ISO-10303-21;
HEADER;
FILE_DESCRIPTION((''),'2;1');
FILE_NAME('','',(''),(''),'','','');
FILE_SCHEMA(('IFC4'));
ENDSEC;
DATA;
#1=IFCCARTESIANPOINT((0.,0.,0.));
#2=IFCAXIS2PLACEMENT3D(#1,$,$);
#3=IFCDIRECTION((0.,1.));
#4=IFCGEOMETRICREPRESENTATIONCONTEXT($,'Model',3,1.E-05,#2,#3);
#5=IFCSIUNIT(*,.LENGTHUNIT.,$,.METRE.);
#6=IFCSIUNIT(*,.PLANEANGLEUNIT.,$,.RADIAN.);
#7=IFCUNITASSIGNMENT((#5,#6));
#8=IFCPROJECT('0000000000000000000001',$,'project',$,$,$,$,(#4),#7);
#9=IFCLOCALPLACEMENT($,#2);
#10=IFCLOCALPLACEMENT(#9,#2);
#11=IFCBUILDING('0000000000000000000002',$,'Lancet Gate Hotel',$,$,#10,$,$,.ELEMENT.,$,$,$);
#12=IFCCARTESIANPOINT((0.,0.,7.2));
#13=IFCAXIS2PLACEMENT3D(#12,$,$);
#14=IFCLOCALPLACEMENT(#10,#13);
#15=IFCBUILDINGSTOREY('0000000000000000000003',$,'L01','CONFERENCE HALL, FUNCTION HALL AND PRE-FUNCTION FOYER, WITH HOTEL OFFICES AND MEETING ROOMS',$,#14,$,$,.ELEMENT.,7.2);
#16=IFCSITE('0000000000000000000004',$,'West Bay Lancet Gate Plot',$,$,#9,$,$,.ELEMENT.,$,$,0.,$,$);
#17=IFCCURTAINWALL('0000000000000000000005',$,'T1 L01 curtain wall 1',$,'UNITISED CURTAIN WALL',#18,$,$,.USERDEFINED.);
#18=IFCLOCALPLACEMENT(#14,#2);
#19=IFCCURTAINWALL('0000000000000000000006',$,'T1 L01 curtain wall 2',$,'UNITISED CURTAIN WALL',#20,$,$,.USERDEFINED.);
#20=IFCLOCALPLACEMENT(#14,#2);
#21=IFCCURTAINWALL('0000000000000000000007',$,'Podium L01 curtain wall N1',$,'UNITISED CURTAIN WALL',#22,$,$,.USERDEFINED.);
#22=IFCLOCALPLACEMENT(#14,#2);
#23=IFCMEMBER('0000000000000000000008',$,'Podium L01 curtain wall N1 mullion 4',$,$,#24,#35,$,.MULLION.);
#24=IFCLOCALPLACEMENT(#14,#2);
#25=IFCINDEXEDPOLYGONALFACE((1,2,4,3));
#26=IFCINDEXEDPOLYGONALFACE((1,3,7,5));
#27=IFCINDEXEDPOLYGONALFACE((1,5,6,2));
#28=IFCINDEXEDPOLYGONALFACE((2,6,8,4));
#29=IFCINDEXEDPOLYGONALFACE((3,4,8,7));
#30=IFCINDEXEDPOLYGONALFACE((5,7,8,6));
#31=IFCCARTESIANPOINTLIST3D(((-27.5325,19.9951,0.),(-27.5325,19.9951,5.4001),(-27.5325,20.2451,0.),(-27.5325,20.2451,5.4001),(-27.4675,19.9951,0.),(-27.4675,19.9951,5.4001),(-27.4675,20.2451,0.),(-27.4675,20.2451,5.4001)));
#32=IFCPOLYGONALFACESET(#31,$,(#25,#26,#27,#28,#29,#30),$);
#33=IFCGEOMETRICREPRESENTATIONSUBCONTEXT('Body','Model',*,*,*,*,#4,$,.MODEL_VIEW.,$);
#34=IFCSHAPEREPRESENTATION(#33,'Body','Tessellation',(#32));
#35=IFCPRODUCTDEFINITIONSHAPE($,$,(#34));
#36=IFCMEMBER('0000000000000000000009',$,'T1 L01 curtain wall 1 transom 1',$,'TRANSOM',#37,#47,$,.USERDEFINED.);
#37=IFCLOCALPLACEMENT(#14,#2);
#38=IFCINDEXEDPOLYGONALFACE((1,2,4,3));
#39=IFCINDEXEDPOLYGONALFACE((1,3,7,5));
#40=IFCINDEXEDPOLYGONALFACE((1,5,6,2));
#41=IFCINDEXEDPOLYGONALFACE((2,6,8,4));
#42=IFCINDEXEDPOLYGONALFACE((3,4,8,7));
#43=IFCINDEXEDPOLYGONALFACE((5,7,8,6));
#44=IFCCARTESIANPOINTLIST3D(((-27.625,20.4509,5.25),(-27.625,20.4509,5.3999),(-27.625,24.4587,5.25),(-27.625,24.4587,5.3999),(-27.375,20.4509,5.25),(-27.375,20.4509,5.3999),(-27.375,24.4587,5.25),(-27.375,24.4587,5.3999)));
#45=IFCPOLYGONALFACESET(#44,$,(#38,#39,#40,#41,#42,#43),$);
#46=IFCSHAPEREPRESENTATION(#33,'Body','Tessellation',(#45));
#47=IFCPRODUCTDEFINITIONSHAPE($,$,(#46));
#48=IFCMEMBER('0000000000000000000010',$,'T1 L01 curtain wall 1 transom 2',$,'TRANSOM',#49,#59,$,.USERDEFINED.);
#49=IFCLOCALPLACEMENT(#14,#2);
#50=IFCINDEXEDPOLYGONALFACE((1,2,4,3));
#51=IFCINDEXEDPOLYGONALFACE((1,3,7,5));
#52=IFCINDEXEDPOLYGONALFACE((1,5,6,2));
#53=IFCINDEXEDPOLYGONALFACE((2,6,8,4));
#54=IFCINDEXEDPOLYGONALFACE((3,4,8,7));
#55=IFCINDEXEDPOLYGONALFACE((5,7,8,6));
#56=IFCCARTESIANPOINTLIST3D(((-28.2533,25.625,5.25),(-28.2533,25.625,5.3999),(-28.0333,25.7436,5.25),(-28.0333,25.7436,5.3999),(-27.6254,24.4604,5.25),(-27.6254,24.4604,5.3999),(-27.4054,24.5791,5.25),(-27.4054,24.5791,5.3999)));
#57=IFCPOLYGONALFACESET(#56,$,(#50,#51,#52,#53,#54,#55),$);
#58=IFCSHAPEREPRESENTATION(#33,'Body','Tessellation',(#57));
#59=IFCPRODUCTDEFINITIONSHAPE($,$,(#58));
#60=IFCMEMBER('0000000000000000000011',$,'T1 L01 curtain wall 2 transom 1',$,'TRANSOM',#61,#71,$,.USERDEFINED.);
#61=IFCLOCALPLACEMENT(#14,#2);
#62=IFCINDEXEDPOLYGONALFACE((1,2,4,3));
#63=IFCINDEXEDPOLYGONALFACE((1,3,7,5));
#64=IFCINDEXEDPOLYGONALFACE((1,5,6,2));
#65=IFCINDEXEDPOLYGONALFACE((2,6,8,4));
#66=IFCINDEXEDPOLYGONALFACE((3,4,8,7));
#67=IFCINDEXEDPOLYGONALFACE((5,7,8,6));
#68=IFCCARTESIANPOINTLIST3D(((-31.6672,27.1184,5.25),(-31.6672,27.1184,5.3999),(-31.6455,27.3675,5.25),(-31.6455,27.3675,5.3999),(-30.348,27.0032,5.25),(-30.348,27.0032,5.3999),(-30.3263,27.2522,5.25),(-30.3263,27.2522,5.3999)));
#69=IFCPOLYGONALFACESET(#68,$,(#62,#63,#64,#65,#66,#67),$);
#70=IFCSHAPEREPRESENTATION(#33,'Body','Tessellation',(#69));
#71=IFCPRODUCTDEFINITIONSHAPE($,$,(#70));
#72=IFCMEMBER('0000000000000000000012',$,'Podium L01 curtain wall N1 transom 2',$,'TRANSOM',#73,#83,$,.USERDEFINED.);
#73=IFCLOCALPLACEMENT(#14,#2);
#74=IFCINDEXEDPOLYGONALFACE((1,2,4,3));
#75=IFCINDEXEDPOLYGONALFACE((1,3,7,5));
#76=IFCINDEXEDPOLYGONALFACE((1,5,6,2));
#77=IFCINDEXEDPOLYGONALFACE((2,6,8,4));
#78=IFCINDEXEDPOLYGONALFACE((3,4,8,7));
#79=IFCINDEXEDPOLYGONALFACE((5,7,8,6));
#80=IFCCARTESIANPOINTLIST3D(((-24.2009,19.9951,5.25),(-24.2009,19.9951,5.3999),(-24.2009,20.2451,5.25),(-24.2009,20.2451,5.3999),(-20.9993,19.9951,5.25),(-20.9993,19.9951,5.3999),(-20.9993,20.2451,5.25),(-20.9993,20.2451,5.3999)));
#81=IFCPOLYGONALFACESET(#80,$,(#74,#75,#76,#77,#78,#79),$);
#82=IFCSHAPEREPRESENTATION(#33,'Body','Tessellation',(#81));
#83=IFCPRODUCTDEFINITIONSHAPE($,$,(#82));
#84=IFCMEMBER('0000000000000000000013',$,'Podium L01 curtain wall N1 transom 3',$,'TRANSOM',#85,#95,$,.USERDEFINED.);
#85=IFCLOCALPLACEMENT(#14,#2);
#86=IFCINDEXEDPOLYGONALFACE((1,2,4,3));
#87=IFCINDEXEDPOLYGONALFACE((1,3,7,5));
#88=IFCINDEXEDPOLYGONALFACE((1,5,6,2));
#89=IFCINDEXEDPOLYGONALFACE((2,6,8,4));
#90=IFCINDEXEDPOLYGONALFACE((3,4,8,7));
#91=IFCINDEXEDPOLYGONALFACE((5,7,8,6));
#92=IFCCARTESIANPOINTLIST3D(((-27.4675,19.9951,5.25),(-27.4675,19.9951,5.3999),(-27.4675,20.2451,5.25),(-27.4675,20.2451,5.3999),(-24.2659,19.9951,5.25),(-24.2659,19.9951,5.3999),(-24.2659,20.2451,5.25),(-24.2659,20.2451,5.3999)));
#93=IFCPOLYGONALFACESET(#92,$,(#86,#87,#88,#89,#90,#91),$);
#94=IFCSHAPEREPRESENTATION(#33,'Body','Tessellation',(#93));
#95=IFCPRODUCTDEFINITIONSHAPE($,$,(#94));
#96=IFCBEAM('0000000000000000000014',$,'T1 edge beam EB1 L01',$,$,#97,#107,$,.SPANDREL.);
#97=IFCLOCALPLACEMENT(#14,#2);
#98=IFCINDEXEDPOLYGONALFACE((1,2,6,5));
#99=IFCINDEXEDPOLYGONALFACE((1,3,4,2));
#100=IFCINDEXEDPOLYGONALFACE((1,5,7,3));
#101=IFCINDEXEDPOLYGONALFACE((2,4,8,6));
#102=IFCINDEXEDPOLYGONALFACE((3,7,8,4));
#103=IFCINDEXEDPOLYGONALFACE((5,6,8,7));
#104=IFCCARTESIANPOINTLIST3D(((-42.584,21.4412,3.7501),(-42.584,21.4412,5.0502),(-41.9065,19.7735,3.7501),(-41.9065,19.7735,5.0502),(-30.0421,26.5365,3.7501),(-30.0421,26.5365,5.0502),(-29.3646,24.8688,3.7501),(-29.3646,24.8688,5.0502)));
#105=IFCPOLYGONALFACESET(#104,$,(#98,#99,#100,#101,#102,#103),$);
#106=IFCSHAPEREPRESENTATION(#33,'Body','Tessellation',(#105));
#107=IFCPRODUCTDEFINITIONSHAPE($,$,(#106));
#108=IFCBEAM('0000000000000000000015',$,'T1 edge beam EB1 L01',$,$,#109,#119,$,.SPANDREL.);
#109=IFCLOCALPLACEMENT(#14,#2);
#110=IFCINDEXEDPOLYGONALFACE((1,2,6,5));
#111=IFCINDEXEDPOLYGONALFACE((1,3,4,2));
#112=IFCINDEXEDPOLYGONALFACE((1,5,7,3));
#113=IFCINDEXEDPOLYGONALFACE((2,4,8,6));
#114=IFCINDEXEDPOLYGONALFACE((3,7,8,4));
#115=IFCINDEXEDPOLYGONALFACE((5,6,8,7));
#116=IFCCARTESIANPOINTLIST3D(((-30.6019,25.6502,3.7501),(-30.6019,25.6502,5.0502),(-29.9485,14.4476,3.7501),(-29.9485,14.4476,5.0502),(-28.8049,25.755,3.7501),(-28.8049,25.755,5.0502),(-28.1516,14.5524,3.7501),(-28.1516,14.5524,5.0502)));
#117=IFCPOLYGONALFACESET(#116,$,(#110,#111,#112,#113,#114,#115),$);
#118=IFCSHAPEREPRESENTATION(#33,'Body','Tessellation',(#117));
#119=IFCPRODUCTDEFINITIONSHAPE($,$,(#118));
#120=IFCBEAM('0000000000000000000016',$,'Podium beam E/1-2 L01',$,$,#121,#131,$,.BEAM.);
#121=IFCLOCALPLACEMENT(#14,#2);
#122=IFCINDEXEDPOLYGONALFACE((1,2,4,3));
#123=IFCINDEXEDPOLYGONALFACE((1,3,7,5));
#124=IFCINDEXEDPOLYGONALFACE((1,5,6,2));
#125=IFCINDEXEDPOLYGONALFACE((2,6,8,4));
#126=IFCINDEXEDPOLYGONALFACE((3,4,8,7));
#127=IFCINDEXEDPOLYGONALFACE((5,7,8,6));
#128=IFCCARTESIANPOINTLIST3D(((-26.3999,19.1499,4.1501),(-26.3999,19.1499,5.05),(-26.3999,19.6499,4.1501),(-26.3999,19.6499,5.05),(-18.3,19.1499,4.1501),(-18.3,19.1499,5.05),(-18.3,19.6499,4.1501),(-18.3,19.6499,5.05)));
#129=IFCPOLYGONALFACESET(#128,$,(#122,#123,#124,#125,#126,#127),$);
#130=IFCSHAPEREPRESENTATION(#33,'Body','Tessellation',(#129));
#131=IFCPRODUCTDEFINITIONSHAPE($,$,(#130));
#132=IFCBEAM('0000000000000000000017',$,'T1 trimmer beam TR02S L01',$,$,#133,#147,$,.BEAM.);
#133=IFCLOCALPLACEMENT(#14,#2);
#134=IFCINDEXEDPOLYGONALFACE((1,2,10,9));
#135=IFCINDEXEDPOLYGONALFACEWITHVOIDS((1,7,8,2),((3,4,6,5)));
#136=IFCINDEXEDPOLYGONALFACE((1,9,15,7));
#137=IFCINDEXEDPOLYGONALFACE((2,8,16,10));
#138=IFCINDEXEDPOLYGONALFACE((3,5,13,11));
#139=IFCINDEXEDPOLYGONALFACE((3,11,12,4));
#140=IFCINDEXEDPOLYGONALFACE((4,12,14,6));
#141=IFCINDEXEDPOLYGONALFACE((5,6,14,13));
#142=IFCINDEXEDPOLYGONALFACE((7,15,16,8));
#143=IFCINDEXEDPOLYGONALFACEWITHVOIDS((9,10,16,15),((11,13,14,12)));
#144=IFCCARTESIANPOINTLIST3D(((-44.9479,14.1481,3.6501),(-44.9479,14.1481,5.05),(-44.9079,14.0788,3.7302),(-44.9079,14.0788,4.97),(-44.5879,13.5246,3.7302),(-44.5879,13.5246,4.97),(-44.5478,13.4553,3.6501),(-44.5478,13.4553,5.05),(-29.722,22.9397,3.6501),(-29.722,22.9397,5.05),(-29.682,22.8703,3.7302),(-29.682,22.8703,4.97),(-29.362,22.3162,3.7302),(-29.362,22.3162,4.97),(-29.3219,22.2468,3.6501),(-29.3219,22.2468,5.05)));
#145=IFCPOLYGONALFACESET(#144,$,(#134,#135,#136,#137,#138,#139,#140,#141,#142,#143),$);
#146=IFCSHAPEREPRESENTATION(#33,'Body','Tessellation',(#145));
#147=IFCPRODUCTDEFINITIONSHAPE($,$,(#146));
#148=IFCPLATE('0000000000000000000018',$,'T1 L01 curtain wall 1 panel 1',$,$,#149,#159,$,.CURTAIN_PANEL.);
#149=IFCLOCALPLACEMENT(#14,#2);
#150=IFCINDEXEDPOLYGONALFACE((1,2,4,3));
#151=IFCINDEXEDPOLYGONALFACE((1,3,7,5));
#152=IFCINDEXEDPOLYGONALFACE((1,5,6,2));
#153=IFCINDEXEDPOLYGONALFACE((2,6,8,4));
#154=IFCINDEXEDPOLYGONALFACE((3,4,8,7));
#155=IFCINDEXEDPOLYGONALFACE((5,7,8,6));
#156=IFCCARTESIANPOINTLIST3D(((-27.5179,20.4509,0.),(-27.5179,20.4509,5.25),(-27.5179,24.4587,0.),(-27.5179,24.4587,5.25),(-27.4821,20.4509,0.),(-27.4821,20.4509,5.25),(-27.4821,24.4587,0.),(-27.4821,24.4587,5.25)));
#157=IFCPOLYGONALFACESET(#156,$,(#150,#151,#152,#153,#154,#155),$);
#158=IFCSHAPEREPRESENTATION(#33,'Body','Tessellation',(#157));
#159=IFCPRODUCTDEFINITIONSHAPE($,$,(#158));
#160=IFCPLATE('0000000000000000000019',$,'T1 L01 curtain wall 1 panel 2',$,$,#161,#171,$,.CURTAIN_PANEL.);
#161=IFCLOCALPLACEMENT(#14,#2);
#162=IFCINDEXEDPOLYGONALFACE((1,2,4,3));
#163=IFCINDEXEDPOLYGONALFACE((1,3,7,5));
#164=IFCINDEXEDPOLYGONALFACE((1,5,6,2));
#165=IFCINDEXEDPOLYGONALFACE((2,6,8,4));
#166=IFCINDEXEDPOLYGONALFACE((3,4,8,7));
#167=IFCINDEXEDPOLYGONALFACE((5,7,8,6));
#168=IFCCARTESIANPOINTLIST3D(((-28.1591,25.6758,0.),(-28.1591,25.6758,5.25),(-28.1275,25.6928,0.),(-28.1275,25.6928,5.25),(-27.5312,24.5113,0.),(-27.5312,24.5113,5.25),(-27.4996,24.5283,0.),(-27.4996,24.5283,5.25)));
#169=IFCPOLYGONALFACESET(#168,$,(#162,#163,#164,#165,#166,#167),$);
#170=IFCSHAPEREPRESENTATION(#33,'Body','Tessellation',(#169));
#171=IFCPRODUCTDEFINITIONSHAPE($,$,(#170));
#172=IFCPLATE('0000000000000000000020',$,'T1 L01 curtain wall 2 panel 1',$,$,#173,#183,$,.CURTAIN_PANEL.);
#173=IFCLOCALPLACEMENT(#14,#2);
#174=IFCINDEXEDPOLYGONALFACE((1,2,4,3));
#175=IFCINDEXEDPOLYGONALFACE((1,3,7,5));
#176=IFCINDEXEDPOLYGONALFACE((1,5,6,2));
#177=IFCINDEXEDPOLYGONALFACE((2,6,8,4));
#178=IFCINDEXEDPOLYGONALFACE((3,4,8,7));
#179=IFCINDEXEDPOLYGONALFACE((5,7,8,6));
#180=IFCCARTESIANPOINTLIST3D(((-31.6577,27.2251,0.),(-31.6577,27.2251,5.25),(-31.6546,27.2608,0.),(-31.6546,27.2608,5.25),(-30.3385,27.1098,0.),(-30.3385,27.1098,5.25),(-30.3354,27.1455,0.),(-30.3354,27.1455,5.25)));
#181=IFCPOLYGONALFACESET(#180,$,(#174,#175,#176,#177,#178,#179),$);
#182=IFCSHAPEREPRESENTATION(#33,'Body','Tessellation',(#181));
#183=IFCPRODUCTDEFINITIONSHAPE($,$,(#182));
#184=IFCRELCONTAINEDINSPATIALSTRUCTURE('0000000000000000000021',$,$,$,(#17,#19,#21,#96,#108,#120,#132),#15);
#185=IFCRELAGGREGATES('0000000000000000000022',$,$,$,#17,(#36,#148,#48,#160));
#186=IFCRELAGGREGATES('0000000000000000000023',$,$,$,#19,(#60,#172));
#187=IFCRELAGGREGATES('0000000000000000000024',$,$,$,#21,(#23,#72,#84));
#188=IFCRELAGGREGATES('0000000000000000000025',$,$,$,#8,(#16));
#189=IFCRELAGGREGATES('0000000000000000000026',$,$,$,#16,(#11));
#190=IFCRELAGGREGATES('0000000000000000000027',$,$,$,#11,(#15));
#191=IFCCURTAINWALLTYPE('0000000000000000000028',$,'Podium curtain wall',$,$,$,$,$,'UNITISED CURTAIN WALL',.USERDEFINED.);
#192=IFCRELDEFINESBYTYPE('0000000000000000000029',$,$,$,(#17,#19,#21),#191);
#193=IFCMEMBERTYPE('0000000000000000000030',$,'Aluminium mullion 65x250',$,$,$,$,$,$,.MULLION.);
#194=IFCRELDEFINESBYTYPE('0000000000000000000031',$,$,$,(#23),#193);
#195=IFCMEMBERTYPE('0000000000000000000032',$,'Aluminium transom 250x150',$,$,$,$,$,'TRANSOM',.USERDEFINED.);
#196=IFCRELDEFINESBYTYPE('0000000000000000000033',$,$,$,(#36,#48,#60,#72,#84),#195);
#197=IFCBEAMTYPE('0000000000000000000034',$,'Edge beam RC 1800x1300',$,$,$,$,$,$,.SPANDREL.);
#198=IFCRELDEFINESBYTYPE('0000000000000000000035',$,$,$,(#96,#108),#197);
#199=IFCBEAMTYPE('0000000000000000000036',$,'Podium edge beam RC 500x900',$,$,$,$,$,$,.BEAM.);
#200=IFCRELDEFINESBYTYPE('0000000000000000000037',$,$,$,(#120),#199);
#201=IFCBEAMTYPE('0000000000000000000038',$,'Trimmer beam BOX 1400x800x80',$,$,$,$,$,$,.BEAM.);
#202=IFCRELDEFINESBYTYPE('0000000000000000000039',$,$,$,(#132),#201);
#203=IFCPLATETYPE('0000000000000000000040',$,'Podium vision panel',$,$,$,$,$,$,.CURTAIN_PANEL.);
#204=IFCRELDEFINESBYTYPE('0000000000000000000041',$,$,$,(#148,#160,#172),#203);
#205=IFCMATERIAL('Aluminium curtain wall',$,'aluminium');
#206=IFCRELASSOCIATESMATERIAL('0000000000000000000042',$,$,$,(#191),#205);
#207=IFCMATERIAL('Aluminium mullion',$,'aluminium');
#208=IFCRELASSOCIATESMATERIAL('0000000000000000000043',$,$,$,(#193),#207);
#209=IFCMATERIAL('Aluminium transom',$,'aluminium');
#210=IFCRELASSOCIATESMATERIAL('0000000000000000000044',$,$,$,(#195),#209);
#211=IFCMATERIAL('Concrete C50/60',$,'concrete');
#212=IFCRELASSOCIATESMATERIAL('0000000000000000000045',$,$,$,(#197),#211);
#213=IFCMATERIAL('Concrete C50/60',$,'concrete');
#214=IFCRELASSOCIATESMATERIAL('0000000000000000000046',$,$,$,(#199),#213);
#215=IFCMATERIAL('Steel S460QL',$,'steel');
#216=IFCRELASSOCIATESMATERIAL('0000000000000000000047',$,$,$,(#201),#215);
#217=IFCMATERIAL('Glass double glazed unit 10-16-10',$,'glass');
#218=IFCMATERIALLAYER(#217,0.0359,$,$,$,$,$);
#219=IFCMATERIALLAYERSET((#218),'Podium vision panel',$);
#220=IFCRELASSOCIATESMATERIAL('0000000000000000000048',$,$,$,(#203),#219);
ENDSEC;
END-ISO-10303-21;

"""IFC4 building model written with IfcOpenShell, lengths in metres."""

from ifc_helpers import new_model, si_unit, direction, frame, origin, origin_2d, place, context, subcontext, project, spatial, rectangle, hollow_rectangle, extrude, material, layer, layer_set, material_profile, profile_set, type_object, element, aggregate, save


model = new_model("IFC4")

# Units and contexts
model_context = context("Model", 3, precision=1e-05, world=origin(), true_north=direction((0.0, 1.0)))
body_context = subcontext(model_context, "Body", "Model", "MODEL_VIEW")
ifc_project = project(units=[si_unit("LENGTHUNIT", "METRE"), si_unit("PLANEANGLEUNIT", "RADIAN")], contexts=[model_context])

# Site, building, storey
site_placement = place(None, origin())
site = spatial("IfcSite", under=ifc_project, at=site_placement, Name="West Bay Lancet Gate Plot", CompositionType="ELEMENT", RefElevation=0.0)
building_placement = place(site_placement, origin())
building = spatial("IfcBuilding", under=site, at=building_placement, Name="Lancet Gate Hotel", CompositionType="ELEMENT")
storey_placement = place(building_placement, frame((0.0, 0.0, 7.2)))
storey = spatial("IfcBuildingStorey", under=building, at=storey_placement, Name="L01", Description="CONFERENCE HALL, FUNCTION HALL AND PRE-FUNCTION FOYER, WITH HOTEL OFFICES AND MEETING ROOMS", CompositionType="ELEMENT", Elevation=7.2)

# Curtain wall
ifc_material_1 = material(Name="Aluminium curtain wall", Category="aluminium")
curtain_wall_type = type_object("IfcCurtainWallType", Name="Podium curtain wall", ElementType="UNITISED CURTAIN WALL", PredefinedType="USERDEFINED", material=ifc_material_1)
curtain_wall_1_placement = place(storey_placement, origin())
curtain_wall_1 = element("IfcCurtainWall", 1, at=curtain_wall_1_placement, inside=storey, type_object=curtain_wall_type, Name="T1 L01 curtain wall 1", ObjectType="UNITISED CURTAIN WALL", PredefinedType="USERDEFINED")
ifc_material_2 = material(Name="Aluminium mullion", Category="aluminium")
ifc_material_profile_1 = material_profile(ifc_material_2, rectangle(XDim=0.0649, YDim=0.25, at=origin_2d()), Name="MULLION 65x250")
ifc_profile_set_1 = profile_set([ifc_material_profile_1], Name="Aluminium mullion")
member_type_1 = type_object("IfcMemberType", Name="Aluminium mullion 65x250", PredefinedType="MULLION", material=ifc_profile_set_1)

# Curtain wall
curtain_wall_2_placement = place(storey_placement, origin())
curtain_wall_2 = element("IfcCurtainWall", 2, at=curtain_wall_2_placement, inside=storey, type_object=curtain_wall_type, Name="T1 L01 curtain wall 2", ObjectType="UNITISED CURTAIN WALL", PredefinedType="USERDEFINED")

# Curtain wall, member
curtain_wall_3_placement = place(storey_placement, origin())
curtain_wall_3 = element("IfcCurtainWall", 3, at=curtain_wall_3_placement, inside=storey, type_object=curtain_wall_type, Name="Podium L01 curtain wall N1", ObjectType="UNITISED CURTAIN WALL", PredefinedType="USERDEFINED")
member_1_placement = place(storey_placement, frame((-27.5, 20.1201, 0.0), z_axis=(0.0, 0.0, 1.0), x_axis=(-1.0, 0.0, 0.0)))
member_1 = element("IfcMember", 4, at=member_1_placement, type_object=member_type_1, Name="Podium L01 curtain wall N1 mullion 4", PredefinedType="MULLION", context=body_context, shape_type="SweptSolid", body=[
    extrude(rectangle(XDim=0.0649, YDim=0.25, at=origin_2d()), origin(), (0.0, 0.0, 1.0), 5.4001),
])

# Members
ifc_material_3 = material(Name="Aluminium transom", Category="aluminium")
ifc_material_profile_2 = material_profile(ifc_material_3, rectangle(XDim=0.25, YDim=0.1499, at=origin_2d()), Name="TRANSOM 250x150")
ifc_profile_set_2 = profile_set([ifc_material_profile_2], Name="Aluminium transom")
member_type_2 = type_object("IfcMemberType", Name="Aluminium transom 250x150", ElementType="TRANSOM", PredefinedType="USERDEFINED", material=ifc_profile_set_2)
member_2_placement = place(storey_placement, frame((-27.5, 20.4509, 5.325), z_axis=(0.0, 1.0, 0.0), x_axis=(-1.0, 0.0, 0.0)))
member_2 = element("IfcMember", 5, at=member_2_placement, type_object=member_type_2, Name="T1 L01 curtain wall 1 transom 1", ObjectType="TRANSOM", PredefinedType="USERDEFINED", context=body_context, shape_type="SweptSolid", body=[
    extrude(rectangle(XDim=0.25, YDim=0.1499, at=origin_2d()), origin(), (0.0, 0.0, 1.0), 4.0078),
])
member_3_placement = place(storey_placement, frame((-27.5154, 24.5198, 5.325), z_axis=(-0.474606, 0.880198, 0.0), x_axis=(-0.880198, -0.474606, 0.0)))
member_3 = element("IfcMember", 6, at=member_3_placement, type_object=member_type_2, Name="T1 L01 curtain wall 1 transom 2", ObjectType="TRANSOM", PredefinedType="USERDEFINED", context=body_context, shape_type="SweptSolid", body=[
    extrude(rectangle(XDim=0.25, YDim=0.1499, at=origin_2d()), origin(), (0.0, 0.0, 1.0), 1.323),
])
member_4_placement = place(storey_placement, frame((-30.3372, 27.1277, 5.325), z_axis=(-0.996206, 0.087027, 0.0), x_axis=(-0.087027, -0.996206, 0.0)))
member_4 = element("IfcMember", 7, at=member_4_placement, type_object=member_type_2, Name="T1 L01 curtain wall 2 transom 1", ObjectType="TRANSOM", PredefinedType="USERDEFINED", context=body_context, shape_type="SweptSolid", body=[
    extrude(rectangle(XDim=0.25, YDim=0.1499, at=origin_2d()), origin(), (0.0, 0.0, 1.0), 1.3242),
])
member_5_placement = place(storey_placement, frame((-20.9993, 20.1201, 5.325), z_axis=(-1.0, 0.0, 0.0), x_axis=(0.0, -1.0, 0.0)))
member_5 = element("IfcMember", 8, at=member_5_placement, type_object=member_type_2, Name="Podium L01 curtain wall N1 transom 2", ObjectType="TRANSOM", PredefinedType="USERDEFINED", context=body_context, shape_type="SweptSolid", body=[
    extrude(rectangle(XDim=0.25, YDim=0.1499, at=origin_2d()), origin(), (0.0, 0.0, 1.0), 3.2017),
])
member_6_placement = place(storey_placement, frame((-24.2659, 20.1201, 5.325), z_axis=(-1.0, 0.0, 0.0), x_axis=(0.0, -1.0, 0.0)))
member_6 = element("IfcMember", 9, at=member_6_placement, type_object=member_type_2, Name="Podium L01 curtain wall N1 transom 3", ObjectType="TRANSOM", PredefinedType="USERDEFINED", context=body_context, shape_type="SweptSolid", body=[
    extrude(rectangle(XDim=0.25, YDim=0.1499, at=origin_2d()), origin(), (0.0, 0.0, 1.0), 3.2017),
])

# Beams
ifc_material_4 = material(Name="Concrete C50/60", Category="concrete")
ifc_material_profile_3 = material_profile(ifc_material_4, rectangle(XDim=1.8, YDim=1.3, at=origin_2d()), Name="RC 1800x1300")
ifc_profile_set_3 = profile_set([ifc_material_profile_3], Name="Concrete C50/60")
beam_type_1 = type_object("IfcBeamType", Name="Edge beam RC 1800x1300", PredefinedType="SPANDREL", material=ifc_profile_set_3)
beam_1_placement = place(storey_placement, frame((-29.7034, 25.7026, 4.4001), z_axis=(-0.926463, -0.376385, 0.0), x_axis=(0.376385, -0.926463, 0.0)))
element("IfcBeam", 10, at=beam_1_placement, inside=storey, type_object=beam_type_1, Name="T1 edge beam EB1 L01", PredefinedType="SPANDREL", context=body_context, shape_type="SweptSolid", body=[
    extrude(rectangle(XDim=1.8, YDim=1.3, at=origin_2d()), origin(), (0.0, 0.0, 1.0), 13.5374),
])
beam_2_placement = place(storey_placement, frame((-29.7034, 25.7026, 4.4001), z_axis=(0.05822, -0.998304, 0.0), x_axis=(0.998304, 0.05822, 0.0)))
element("IfcBeam", 11, at=beam_2_placement, inside=storey, type_object=beam_type_1, Name="T1 edge beam EB1 L01", PredefinedType="SPANDREL", context=body_context, shape_type="SweptSolid", body=[
    extrude(rectangle(XDim=1.8, YDim=1.3, at=origin_2d()), origin(), (0.0, 0.0, 1.0), 11.2217),
])
ifc_material_5 = material(Name="Concrete C50/60", Category="concrete")
ifc_material_profile_4 = material_profile(ifc_material_5, rectangle(XDim=0.5, YDim=0.8999, at=origin_2d()), Name="RC 500x900")
ifc_profile_set_4 = profile_set([ifc_material_profile_4], Name="Concrete C50/60")
beam_type_2 = type_object("IfcBeamType", Name="Podium edge beam RC 500x900", PredefinedType="BEAM", material=ifc_profile_set_4)
beam_3_placement = place(storey_placement, frame((-26.3999, 19.3999, 4.6001), z_axis=(1.0, 0.0, 0.0), x_axis=(0.0, 1.0, 0.0)))
element("IfcBeam", 12, at=beam_3_placement, inside=storey, type_object=beam_type_2, Name="Podium beam E/1-2 L01", PredefinedType="BEAM", context=body_context, shape_type="SweptSolid", body=[
    extrude(rectangle(XDim=0.5, YDim=0.8999, at=origin_2d()), origin(), (0.0, 0.0, 1.0), 8.0999),
])
ifc_material_6 = material(Name="Steel S460QL", Category="steel")
ifc_material_profile_5 = material_profile(ifc_material_6, hollow_rectangle(XDim=0.8, YDim=1.3999, WallThickness=0.0801, at=origin_2d()), Name="BOX 1400x800x80")
ifc_profile_set_5 = profile_set([ifc_material_profile_5], Name="Steel S460QL")
beam_type_3 = type_object("IfcBeamType", Name="Trimmer beam BOX 1400x800x80", PredefinedType="BEAM", material=ifc_profile_set_5)
beam_4_placement = place(storey_placement, frame((-29.522, 22.5933, 4.3501), z_axis=(-0.866004, -0.500037, 0.0), x_axis=(0.500037, -0.866004, 0.0)))
element("IfcBeam", 13, at=beam_4_placement, inside=storey, type_object=beam_type_3, Name="T1 trimmer beam TR02S L01", PredefinedType="BEAM", context=body_context, shape_type="SweptSolid", body=[
    extrude(hollow_rectangle(XDim=0.8, YDim=1.3999, WallThickness=0.0801, at=origin_2d()), origin(), (0.0, 0.0, 1.0), 17.5818),
])

# Plates
ifc_material_7 = material(Name="Glass double glazed unit 10-16-10", Category="glass")
ifc_layer = layer(ifc_material_7, 0.0359)
ifc_layer_set = layer_set([ifc_layer], Name="Podium vision panel")
plate_type = type_object("IfcPlateType", Name="Podium vision panel", PredefinedType="CURTAIN_PANEL", material=ifc_layer_set)
plate_1_placement = place(storey_placement, frame((-27.5, 22.4548, 0.0), z_axis=(0.0, 0.0, 1.0), x_axis=(0.0, 1.0, 0.0)))
plate_1 = element("IfcPlate", 14, at=plate_1_placement, type_object=plate_type, Name="T1 L01 curtain wall 1 panel 1", PredefinedType="CURTAIN_PANEL", context=body_context, shape_type="SweptSolid", body=[
    extrude(rectangle(XDim=4.0078, YDim=0.0359, at=origin_2d()), origin(), (0.0, 0.0, 1.0), 5.25),
])
plate_2_placement = place(storey_placement, frame((-27.8293, 25.1021, 0.0), z_axis=(0.0, 0.0, 1.0), x_axis=(-0.474631, 0.880185, 0.0)))
plate_2 = element("IfcPlate", 15, at=plate_2_placement, type_object=plate_type, Name="T1 L01 curtain wall 1 panel 2", PredefinedType="CURTAIN_PANEL", context=body_context, shape_type="SweptSolid", body=[
    extrude(rectangle(XDim=1.323, YDim=0.0359, at=origin_2d()), origin(), (0.0, 0.0, 1.0), 5.25),
])
aggregate(curtain_wall_1, [member_2, plate_1, member_3, plate_2])
plate_3_placement = place(storey_placement, frame((-30.9966, 27.1853, 0.0), z_axis=(0.0, 0.0, 1.0), x_axis=(-0.996204, 0.087052, 0.0)))
plate_3 = element("IfcPlate", 16, at=plate_3_placement, type_object=plate_type, Name="T1 L01 curtain wall 2 panel 1", PredefinedType="CURTAIN_PANEL", context=body_context, shape_type="SweptSolid", body=[
    extrude(rectangle(XDim=1.3242, YDim=0.0359, at=origin_2d()), origin(), (0.0, 0.0, 1.0), 5.25),
])
aggregate(curtain_wall_2, [member_4, plate_3])
aggregate(curtain_wall_3, [member_1, member_5, member_6])

save(model, "model.ifc")
